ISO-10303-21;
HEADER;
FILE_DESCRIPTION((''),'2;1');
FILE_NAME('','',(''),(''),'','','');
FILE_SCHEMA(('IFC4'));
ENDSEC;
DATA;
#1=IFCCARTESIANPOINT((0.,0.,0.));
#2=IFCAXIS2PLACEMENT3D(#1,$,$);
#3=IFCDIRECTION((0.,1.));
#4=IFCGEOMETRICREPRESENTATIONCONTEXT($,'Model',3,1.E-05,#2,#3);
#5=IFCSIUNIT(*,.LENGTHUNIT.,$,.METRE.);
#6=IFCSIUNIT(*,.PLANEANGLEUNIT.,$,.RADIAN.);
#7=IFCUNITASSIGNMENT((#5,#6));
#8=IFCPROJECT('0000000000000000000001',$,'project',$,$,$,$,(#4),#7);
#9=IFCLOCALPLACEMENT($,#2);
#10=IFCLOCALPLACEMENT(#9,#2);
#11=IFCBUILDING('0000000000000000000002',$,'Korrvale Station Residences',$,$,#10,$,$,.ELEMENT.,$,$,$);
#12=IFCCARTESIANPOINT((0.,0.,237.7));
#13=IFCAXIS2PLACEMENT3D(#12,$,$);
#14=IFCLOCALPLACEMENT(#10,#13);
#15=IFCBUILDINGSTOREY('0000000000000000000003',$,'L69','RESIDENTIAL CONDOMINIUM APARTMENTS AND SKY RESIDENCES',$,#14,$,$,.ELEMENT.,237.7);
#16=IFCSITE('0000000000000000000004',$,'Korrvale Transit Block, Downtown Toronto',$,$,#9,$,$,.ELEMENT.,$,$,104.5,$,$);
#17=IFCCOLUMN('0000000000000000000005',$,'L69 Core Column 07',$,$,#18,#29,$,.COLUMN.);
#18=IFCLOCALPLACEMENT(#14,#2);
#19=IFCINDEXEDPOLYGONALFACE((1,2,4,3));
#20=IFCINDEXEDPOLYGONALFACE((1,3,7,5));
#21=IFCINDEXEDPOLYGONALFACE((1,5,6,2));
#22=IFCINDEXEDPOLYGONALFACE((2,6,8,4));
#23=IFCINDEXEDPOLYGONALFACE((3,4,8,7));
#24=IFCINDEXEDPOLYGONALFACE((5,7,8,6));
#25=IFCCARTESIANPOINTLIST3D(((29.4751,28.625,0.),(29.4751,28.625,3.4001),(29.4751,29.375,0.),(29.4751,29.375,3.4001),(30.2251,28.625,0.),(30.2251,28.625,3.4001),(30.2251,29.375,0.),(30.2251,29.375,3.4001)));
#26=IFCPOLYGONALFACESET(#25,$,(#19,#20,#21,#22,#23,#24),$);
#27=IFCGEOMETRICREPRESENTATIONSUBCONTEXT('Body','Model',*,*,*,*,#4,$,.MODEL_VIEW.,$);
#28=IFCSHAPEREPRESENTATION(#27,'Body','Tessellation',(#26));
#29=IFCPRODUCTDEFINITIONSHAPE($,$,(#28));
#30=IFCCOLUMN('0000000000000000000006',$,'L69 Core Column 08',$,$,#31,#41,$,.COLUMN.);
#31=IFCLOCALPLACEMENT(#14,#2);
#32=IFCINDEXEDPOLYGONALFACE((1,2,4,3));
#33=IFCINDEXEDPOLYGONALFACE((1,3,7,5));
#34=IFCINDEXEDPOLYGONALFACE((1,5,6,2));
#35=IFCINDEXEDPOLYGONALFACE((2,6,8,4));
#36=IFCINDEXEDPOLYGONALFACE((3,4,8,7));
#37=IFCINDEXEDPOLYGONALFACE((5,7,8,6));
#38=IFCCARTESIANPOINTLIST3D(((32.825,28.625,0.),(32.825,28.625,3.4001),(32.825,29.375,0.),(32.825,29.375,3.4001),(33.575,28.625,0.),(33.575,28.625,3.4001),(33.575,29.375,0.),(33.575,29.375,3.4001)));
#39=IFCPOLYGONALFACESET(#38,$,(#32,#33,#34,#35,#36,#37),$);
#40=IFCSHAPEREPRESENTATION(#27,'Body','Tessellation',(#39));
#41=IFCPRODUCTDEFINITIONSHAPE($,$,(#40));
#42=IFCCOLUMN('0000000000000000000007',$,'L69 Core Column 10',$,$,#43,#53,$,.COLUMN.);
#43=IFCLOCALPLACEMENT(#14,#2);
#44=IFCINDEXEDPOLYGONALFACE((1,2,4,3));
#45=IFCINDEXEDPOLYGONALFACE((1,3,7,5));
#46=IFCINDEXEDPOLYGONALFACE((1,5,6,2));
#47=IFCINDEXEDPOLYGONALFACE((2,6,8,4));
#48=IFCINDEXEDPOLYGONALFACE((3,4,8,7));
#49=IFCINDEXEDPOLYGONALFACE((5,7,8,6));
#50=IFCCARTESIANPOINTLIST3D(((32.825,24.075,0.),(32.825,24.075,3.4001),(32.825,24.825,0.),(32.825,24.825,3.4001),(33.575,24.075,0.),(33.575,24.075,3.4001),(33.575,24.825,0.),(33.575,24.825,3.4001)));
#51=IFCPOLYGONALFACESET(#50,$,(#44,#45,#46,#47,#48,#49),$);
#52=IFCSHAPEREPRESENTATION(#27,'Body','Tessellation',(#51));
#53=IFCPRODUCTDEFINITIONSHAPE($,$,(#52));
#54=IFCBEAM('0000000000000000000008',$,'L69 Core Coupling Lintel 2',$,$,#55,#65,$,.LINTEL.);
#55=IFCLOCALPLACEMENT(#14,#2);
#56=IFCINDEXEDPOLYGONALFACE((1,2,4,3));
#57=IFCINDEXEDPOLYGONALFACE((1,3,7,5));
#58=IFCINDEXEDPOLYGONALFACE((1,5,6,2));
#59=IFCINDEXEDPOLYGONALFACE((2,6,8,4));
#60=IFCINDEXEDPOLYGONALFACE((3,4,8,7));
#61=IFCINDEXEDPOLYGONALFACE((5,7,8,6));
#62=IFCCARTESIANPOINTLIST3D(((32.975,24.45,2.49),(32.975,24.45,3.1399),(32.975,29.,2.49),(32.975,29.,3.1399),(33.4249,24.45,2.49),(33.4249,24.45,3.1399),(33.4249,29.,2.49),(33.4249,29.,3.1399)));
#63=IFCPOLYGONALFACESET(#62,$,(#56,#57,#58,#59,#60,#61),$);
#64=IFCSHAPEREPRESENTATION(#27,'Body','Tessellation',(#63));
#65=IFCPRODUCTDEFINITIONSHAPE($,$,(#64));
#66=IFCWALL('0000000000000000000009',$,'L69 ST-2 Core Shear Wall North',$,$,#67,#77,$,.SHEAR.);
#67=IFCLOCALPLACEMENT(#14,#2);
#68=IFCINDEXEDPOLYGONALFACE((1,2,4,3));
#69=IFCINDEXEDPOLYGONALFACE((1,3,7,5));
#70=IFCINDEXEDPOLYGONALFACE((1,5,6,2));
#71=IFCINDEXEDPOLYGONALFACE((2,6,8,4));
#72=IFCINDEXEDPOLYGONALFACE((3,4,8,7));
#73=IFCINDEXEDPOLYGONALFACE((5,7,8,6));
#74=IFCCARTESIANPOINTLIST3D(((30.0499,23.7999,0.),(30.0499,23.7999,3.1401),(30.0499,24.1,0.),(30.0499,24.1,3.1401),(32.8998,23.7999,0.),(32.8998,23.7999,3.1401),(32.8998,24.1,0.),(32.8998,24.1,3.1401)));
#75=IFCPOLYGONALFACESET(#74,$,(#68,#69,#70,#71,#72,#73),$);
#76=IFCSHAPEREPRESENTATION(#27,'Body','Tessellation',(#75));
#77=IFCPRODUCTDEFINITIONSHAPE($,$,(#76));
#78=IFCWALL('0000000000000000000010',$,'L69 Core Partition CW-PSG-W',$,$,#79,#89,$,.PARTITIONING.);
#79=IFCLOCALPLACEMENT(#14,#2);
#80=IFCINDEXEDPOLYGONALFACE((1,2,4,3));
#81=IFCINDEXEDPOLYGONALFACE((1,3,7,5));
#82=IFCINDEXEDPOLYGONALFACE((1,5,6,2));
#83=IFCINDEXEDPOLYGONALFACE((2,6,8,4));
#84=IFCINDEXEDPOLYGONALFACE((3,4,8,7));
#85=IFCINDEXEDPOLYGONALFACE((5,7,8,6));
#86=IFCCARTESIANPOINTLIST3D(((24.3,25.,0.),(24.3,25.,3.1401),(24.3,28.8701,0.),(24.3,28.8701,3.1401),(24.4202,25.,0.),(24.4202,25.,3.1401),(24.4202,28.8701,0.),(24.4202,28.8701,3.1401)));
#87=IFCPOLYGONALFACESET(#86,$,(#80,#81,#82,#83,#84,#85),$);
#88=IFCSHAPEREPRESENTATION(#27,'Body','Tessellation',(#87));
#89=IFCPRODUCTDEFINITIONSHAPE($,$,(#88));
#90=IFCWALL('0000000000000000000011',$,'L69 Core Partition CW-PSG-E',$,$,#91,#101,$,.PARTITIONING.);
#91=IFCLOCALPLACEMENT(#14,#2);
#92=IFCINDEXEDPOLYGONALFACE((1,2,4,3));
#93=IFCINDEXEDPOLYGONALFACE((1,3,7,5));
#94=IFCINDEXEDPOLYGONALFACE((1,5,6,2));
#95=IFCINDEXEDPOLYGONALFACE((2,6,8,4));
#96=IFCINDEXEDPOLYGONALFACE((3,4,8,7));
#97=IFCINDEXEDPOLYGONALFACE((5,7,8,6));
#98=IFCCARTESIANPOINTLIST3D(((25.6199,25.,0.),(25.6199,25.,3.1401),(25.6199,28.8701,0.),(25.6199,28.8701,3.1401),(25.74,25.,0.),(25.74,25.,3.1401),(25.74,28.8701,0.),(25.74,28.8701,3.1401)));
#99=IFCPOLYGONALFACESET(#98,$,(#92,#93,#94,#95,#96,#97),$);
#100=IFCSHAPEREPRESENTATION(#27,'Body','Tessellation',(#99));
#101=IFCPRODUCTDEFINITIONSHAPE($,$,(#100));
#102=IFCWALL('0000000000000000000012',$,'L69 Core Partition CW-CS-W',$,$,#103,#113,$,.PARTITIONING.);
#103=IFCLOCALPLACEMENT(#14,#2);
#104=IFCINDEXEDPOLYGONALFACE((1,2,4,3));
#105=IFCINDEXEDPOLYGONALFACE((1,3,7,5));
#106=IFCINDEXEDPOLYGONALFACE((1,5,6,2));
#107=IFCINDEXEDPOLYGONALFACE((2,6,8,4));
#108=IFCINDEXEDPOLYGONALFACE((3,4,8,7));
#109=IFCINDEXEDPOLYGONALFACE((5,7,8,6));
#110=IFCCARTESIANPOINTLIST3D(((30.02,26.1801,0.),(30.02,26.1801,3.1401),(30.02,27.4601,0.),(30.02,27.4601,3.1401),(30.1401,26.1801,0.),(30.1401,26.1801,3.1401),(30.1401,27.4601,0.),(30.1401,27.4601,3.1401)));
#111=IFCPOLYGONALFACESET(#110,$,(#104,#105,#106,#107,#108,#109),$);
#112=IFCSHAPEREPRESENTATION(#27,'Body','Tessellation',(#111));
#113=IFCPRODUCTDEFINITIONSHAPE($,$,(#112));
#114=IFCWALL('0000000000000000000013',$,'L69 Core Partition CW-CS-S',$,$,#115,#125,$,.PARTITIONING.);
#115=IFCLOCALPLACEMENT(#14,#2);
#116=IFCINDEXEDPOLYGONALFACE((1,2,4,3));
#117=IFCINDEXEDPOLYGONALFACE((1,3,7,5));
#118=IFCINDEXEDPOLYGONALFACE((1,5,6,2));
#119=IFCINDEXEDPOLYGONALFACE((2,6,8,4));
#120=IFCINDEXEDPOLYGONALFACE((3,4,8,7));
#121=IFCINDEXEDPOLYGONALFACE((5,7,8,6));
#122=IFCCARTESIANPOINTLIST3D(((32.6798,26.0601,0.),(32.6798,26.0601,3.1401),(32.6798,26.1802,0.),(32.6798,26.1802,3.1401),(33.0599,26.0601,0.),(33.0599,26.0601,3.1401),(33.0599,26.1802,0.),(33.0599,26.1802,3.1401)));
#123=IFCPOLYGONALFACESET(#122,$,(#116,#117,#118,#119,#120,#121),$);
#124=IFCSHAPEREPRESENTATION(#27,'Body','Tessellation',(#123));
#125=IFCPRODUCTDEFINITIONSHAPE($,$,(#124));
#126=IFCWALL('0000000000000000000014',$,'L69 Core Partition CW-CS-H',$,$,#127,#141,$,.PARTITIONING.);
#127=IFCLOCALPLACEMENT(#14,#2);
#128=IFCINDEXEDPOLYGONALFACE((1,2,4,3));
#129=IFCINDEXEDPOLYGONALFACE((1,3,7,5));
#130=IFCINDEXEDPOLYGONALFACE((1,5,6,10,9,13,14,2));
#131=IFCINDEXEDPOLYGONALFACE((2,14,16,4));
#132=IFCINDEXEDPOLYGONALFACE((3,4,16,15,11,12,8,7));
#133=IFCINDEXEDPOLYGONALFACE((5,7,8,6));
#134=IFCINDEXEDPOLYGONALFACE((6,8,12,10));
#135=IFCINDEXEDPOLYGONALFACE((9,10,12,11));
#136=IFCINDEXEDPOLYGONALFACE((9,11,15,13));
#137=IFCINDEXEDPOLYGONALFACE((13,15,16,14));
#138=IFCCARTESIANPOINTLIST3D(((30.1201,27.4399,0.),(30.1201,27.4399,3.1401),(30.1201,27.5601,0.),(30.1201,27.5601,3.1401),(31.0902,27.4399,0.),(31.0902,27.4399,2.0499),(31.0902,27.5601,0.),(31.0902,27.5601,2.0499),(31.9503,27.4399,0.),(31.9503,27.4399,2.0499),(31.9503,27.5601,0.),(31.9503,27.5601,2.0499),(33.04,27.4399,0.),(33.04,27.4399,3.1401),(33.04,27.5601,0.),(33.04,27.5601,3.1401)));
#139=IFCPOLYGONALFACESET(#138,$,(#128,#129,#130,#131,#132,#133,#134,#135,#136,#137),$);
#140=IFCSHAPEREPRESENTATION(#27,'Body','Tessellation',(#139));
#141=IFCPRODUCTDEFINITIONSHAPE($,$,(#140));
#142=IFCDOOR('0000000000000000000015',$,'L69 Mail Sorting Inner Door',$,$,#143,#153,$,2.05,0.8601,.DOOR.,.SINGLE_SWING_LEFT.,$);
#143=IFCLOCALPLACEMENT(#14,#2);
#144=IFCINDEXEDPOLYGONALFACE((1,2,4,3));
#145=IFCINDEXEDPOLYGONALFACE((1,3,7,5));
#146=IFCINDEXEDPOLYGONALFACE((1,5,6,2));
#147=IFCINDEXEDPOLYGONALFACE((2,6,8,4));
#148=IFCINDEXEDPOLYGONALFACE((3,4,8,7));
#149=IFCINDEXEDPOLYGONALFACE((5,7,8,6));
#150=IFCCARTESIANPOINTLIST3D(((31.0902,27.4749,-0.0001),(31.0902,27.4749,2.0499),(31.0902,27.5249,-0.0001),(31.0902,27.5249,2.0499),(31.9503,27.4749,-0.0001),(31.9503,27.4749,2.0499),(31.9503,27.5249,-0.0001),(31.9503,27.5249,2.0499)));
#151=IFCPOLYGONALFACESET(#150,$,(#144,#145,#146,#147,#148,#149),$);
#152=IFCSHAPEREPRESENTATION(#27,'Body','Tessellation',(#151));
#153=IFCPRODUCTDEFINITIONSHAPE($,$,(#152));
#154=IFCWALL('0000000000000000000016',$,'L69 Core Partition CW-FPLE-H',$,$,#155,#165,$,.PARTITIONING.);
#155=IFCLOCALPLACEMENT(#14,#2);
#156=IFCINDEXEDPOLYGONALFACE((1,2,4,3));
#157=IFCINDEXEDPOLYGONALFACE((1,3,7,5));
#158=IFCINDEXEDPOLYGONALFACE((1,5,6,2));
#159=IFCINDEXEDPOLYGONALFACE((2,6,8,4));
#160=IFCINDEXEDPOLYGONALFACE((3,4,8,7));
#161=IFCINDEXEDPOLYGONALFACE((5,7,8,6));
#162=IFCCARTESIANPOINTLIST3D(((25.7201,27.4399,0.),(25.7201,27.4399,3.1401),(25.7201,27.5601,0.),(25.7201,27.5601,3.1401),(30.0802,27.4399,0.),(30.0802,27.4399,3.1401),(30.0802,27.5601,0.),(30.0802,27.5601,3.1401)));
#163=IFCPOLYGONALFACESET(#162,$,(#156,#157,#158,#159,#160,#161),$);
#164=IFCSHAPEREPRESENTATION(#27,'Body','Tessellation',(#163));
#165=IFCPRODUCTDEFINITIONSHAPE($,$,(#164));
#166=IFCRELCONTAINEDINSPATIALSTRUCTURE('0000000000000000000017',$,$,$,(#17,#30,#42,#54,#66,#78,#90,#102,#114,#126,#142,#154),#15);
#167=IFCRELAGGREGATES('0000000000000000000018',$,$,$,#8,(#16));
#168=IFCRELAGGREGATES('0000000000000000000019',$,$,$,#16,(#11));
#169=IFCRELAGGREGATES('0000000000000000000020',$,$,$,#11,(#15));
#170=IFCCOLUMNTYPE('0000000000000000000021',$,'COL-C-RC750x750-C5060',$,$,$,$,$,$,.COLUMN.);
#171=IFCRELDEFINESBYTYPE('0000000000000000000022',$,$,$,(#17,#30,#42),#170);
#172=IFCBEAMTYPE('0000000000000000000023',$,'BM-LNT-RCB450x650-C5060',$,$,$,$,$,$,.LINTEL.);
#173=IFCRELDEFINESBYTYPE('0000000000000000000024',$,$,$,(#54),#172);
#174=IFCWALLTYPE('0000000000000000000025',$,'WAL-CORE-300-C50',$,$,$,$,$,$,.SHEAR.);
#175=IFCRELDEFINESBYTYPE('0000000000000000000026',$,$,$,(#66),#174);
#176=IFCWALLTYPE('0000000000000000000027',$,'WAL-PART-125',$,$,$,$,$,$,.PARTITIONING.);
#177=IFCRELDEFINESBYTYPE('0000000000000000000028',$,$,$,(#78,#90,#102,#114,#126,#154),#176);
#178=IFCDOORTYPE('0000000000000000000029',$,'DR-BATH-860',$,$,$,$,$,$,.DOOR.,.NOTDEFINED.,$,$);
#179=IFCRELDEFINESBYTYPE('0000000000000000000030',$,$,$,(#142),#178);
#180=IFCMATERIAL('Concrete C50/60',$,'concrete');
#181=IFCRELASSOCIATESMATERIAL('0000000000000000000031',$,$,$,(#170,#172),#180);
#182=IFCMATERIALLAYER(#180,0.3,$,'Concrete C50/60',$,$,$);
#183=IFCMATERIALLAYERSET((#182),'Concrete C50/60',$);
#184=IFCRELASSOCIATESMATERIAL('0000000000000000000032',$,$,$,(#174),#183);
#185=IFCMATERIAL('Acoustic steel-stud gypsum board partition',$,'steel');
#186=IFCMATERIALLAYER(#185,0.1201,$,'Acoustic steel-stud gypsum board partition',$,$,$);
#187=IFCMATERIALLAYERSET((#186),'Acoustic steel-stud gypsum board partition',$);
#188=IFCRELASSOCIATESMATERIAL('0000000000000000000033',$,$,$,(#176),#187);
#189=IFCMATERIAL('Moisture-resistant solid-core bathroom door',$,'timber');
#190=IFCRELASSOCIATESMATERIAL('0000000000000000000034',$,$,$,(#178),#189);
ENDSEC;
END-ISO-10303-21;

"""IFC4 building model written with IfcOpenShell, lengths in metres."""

from ifc_helpers import new_model, si_unit, direction, frame, frame_2d, origin, origin_2d, place, context, subcontext, project, spatial, rectangle, extrude, material, layer, layer_set, material_profile, profile_set, type_object, element, fill, save


model = new_model("IFC4")

# Units and contexts
model_context = context("Model", 3, precision=1e-05, world=origin(), true_north=direction((0.0, 1.0)))
body_context = subcontext(model_context, "Body", "Model", "MODEL_VIEW")
ifc_project = project(units=[si_unit("LENGTHUNIT", "METRE"), si_unit("PLANEANGLEUNIT", "RADIAN")], contexts=[model_context])

# Site, building, storey
site_placement = place(None, origin())
site = spatial("IfcSite", under=ifc_project, at=site_placement, Name="Korrvale Transit Block, Downtown Toronto", CompositionType="ELEMENT", RefElevation=104.5)
building_placement = place(site_placement, origin())
building = spatial("IfcBuilding", under=site, at=building_placement, Name="Korrvale Station Residences", CompositionType="ELEMENT")
storey_placement = place(building_placement, frame((0.0, 0.0, 237.7)))
storey = spatial("IfcBuildingStorey", under=building, at=storey_placement, Name="L69", Description="RESIDENTIAL CONDOMINIUM APARTMENTS AND SKY RESIDENCES", CompositionType="ELEMENT", Elevation=237.7)

# Columns
ifc_material_1 = material(Name="Concrete C50/60", Category="concrete")
ifc_material_profile_1 = material_profile(ifc_material_1, rectangle(XDim=0.75, YDim=0.75, at=origin_2d()), Name="RC750x750")
ifc_profile_set_1 = profile_set([ifc_material_profile_1], Name="Concrete C50/60")
column_type = type_object("IfcColumnType", Name="COL-C-RC750x750-C5060", PredefinedType="COLUMN", material=ifc_profile_set_1)
for number, where, z_axis, x_axis, name in (
    (1, (29.8501, 29.0, 0.0), (0.0, 0.0, 1.0), (1.0, 0.0, 0.0), "L69 Core Column 07"),
    (2, (33.2, 29.0, 0.0), (0.0, 0.0, 1.0), (1.0, 0.0, 0.0), "L69 Core Column 08"),
    (3, (33.2, 24.45, 0.0), (0.0, 0.0, 1.0), (1.0, 0.0, 0.0), "L69 Core Column 10"),
):
    element("IfcColumn", number, at=place(storey_placement, frame(where, z_axis=z_axis, x_axis=x_axis)), inside=storey, type_object=column_type, Name=name, PredefinedType="COLUMN", context=body_context, shape_type="SweptSolid", body=[
        extrude(rectangle(XDim=0.75, YDim=0.75, at=origin_2d()), origin(), (0.0, 0.0, 1.0), 3.4001),
    ])

# Beam
ifc_material_profile_2 = material_profile(ifc_material_1, rectangle(XDim=0.45, YDim=0.6499, at=origin_2d()), Name="RCB450x650")
ifc_profile_set_2 = profile_set([ifc_material_profile_2], Name="Concrete C50/60")
beam_type = type_object("IfcBeamType", Name="BM-LNT-RCB450x650-C5060", PredefinedType="LINTEL", material=ifc_profile_set_2)
beam_placement = place(storey_placement, frame((33.2, 24.45, 2.8149), z_axis=(0.0, 1.0, 0.0), x_axis=(-1.0, 0.0, 0.0)))
element("IfcBeam", 4, at=beam_placement, inside=storey, type_object=beam_type, Name="L69 Core Coupling Lintel 2", PredefinedType="LINTEL", context=body_context, shape_type="SweptSolid", body=[
    extrude(rectangle(XDim=0.45, YDim=0.6499, at=origin_2d()), origin(), (0.0, 0.0, 1.0), 4.55),
])

# Walls
ifc_layer_1 = layer(ifc_material_1, 0.3, Name="Concrete C50/60")
ifc_layer_set_1 = layer_set([ifc_layer_1], Name="Concrete C50/60")
wall_type_1 = type_object("IfcWallType", Name="WAL-CORE-300-C50", PredefinedType="SHEAR", material=ifc_layer_set_1)
wall_1_placement = place(storey_placement, frame((30.05, 23.95, 0.0), z_axis=(0.0, 0.0, 1.0), x_axis=(1.0, 0.0, 0.0)))
element("IfcWall", 5, at=wall_1_placement, inside=storey, type_object=wall_type_1, Name="L69 ST-2 Core Shear Wall North", PredefinedType="SHEAR", context=body_context, shape_type="SweptSolid", body=[
    extrude(rectangle(XDim=2.8499, YDim=0.3, at=frame_2d((1.4248, 0.0))), origin(), (0.0, 0.0, 1.0), 3.1401),
])
ifc_material_2 = material(Name="Acoustic steel-stud gypsum board partition", Category="steel")
ifc_layer_2 = layer(ifc_material_2, 0.1201, Name="Acoustic steel-stud gypsum board partition")
ifc_layer_set_2 = layer_set([ifc_layer_2], Name="Acoustic steel-stud gypsum board partition")
wall_type_2 = type_object("IfcWallType", Name="WAL-PART-125", PredefinedType="PARTITIONING", material=ifc_layer_set_2)
for number, where, z_axis, x_axis, name in (
    (6, (24.3601, 25.0, 0.0), (0.0, 0.0, 1.0), (0.0, 1.0, 0.0), "L69 Core Partition CW-PSG-W"),
    (7, (25.6799, 25.0, 0.0), (0.0, 0.0, 1.0), (0.0, 1.0, 0.0), "L69 Core Partition CW-PSG-E"),
):
    element("IfcWall", number, at=place(storey_placement, frame(where, z_axis=z_axis, x_axis=x_axis)), inside=storey, type_object=wall_type_2, Name=name, PredefinedType="PARTITIONING", context=body_context, shape_type="SweptSolid", body=[
        extrude(rectangle(XDim=3.8701, YDim=0.1201, at=frame_2d((1.9351, 0.0))), origin(), (0.0, 0.0, 1.0), 3.1401),
    ])
wall_2_placement = place(storey_placement, frame((30.0801, 26.1799, 0.0), z_axis=(0.0, 0.0, 1.0), x_axis=(0.0, 1.0, 0.0)))
element("IfcWall", 8, at=wall_2_placement, inside=storey, type_object=wall_type_2, Name="L69 Core Partition CW-CS-W", PredefinedType="PARTITIONING", context=body_context, shape_type="SweptSolid", body=[
    extrude(rectangle(XDim=1.28, YDim=0.1201, at=frame_2d((0.6401, 0.0))), origin(), (0.0, 0.0, 1.0), 3.1401),
])
wall_3_placement = place(storey_placement, frame((32.6799, 26.1201, 0.0), z_axis=(0.0, 0.0, 1.0), x_axis=(1.0, 0.0, 0.0)))
element("IfcWall", 9, at=wall_3_placement, inside=storey, type_object=wall_type_2, Name="L69 Core Partition CW-CS-S", PredefinedType="PARTITIONING", context=body_context, shape_type="SweptSolid", body=[
    extrude(rectangle(XDim=0.3801, YDim=0.1201, at=frame_2d((0.1899, 0.0))), origin(), (0.0, 0.0, 1.0), 3.1401),
])

# Wall, opening, door
wall_4_placement = place(storey_placement, frame((30.1201, 27.5, 0.0), z_axis=(0.0, 0.0, 1.0), x_axis=(1.0, 0.0, 0.0)))
wall_4 = element("IfcWall", 10, at=wall_4_placement, inside=storey, type_object=wall_type_2, Name="L69 Core Partition CW-CS-H", PredefinedType="PARTITIONING", context=body_context, shape_type="SweptSolid", body=[
    extrude(rectangle(XDim=2.9199, YDim=0.1201, at=frame_2d((1.46, 0.0))), origin(), (0.0, 0.0, 1.0), 3.1401),
])
opening_1_placement = place(wall_4_placement, frame((0.97, 0.0, 0.0)))
opening_1 = element("IfcOpeningElement", 11, at=opening_1_placement, cuts=wall_4, PredefinedType="OPENING", context=body_context, shape_type="SweptSolid", body=[
    extrude(rectangle(XDim=0.8601, YDim=2.05, at=frame_2d((0.4302, 1.0249))), frame((0.0, 0.0701, 0.0), z_axis=(0.0, -1.0, 0.0), x_axis=(1.0, 0.0, 0.0)), (0.0, 0.0, 1.0), 0.1401),
])
ifc_material_3 = material(Name="Moisture-resistant solid-core bathroom door", Category="timber")
door_type_1 = type_object("IfcDoorType", Name="DR-BATH-860", OperationType="NOTDEFINED", PredefinedType="DOOR", material=ifc_material_3)
door_1_placement = place(opening_1_placement, origin())
door_1 = element("IfcDoor", 12, at=door_1_placement, inside=storey, type_object=door_type_1, Name="L69 Mail Sorting Inner Door", OperationType="SINGLE_SWING_LEFT", OverallHeight=2.05, OverallWidth=0.8601, PredefinedType="DOOR", context=body_context, shape_type="SweptSolid", body=[
    extrude(rectangle(XDim=0.8601, YDim=2.05, at=frame_2d((0.4302, 1.0249))), frame((0.0, 0.0249, 0.0), z_axis=(0.0, -1.0, 0.0), x_axis=(1.0, 0.0, 0.0)), (0.0, 0.0, 1.0), 0.05),
])
fill(opening_1, door_1)

# Wall
wall_5_placement = place(storey_placement, frame((25.72, 27.5, 0.0), z_axis=(0.0, 0.0, 1.0), x_axis=(1.0, 0.0, 0.0)))
element("IfcWall", 13, at=wall_5_placement, inside=storey, type_object=wall_type_2, Name="L69 Core Partition CW-FPLE-H", PredefinedType="PARTITIONING", context=body_context, shape_type="SweptSolid", body=[
    extrude(rectangle(XDim=4.3601, YDim=0.1201, at=frame_2d((2.1802, 0.0))), origin(), (0.0, 0.0, 1.0), 3.1401),
])

save(model, "model.ifc")
